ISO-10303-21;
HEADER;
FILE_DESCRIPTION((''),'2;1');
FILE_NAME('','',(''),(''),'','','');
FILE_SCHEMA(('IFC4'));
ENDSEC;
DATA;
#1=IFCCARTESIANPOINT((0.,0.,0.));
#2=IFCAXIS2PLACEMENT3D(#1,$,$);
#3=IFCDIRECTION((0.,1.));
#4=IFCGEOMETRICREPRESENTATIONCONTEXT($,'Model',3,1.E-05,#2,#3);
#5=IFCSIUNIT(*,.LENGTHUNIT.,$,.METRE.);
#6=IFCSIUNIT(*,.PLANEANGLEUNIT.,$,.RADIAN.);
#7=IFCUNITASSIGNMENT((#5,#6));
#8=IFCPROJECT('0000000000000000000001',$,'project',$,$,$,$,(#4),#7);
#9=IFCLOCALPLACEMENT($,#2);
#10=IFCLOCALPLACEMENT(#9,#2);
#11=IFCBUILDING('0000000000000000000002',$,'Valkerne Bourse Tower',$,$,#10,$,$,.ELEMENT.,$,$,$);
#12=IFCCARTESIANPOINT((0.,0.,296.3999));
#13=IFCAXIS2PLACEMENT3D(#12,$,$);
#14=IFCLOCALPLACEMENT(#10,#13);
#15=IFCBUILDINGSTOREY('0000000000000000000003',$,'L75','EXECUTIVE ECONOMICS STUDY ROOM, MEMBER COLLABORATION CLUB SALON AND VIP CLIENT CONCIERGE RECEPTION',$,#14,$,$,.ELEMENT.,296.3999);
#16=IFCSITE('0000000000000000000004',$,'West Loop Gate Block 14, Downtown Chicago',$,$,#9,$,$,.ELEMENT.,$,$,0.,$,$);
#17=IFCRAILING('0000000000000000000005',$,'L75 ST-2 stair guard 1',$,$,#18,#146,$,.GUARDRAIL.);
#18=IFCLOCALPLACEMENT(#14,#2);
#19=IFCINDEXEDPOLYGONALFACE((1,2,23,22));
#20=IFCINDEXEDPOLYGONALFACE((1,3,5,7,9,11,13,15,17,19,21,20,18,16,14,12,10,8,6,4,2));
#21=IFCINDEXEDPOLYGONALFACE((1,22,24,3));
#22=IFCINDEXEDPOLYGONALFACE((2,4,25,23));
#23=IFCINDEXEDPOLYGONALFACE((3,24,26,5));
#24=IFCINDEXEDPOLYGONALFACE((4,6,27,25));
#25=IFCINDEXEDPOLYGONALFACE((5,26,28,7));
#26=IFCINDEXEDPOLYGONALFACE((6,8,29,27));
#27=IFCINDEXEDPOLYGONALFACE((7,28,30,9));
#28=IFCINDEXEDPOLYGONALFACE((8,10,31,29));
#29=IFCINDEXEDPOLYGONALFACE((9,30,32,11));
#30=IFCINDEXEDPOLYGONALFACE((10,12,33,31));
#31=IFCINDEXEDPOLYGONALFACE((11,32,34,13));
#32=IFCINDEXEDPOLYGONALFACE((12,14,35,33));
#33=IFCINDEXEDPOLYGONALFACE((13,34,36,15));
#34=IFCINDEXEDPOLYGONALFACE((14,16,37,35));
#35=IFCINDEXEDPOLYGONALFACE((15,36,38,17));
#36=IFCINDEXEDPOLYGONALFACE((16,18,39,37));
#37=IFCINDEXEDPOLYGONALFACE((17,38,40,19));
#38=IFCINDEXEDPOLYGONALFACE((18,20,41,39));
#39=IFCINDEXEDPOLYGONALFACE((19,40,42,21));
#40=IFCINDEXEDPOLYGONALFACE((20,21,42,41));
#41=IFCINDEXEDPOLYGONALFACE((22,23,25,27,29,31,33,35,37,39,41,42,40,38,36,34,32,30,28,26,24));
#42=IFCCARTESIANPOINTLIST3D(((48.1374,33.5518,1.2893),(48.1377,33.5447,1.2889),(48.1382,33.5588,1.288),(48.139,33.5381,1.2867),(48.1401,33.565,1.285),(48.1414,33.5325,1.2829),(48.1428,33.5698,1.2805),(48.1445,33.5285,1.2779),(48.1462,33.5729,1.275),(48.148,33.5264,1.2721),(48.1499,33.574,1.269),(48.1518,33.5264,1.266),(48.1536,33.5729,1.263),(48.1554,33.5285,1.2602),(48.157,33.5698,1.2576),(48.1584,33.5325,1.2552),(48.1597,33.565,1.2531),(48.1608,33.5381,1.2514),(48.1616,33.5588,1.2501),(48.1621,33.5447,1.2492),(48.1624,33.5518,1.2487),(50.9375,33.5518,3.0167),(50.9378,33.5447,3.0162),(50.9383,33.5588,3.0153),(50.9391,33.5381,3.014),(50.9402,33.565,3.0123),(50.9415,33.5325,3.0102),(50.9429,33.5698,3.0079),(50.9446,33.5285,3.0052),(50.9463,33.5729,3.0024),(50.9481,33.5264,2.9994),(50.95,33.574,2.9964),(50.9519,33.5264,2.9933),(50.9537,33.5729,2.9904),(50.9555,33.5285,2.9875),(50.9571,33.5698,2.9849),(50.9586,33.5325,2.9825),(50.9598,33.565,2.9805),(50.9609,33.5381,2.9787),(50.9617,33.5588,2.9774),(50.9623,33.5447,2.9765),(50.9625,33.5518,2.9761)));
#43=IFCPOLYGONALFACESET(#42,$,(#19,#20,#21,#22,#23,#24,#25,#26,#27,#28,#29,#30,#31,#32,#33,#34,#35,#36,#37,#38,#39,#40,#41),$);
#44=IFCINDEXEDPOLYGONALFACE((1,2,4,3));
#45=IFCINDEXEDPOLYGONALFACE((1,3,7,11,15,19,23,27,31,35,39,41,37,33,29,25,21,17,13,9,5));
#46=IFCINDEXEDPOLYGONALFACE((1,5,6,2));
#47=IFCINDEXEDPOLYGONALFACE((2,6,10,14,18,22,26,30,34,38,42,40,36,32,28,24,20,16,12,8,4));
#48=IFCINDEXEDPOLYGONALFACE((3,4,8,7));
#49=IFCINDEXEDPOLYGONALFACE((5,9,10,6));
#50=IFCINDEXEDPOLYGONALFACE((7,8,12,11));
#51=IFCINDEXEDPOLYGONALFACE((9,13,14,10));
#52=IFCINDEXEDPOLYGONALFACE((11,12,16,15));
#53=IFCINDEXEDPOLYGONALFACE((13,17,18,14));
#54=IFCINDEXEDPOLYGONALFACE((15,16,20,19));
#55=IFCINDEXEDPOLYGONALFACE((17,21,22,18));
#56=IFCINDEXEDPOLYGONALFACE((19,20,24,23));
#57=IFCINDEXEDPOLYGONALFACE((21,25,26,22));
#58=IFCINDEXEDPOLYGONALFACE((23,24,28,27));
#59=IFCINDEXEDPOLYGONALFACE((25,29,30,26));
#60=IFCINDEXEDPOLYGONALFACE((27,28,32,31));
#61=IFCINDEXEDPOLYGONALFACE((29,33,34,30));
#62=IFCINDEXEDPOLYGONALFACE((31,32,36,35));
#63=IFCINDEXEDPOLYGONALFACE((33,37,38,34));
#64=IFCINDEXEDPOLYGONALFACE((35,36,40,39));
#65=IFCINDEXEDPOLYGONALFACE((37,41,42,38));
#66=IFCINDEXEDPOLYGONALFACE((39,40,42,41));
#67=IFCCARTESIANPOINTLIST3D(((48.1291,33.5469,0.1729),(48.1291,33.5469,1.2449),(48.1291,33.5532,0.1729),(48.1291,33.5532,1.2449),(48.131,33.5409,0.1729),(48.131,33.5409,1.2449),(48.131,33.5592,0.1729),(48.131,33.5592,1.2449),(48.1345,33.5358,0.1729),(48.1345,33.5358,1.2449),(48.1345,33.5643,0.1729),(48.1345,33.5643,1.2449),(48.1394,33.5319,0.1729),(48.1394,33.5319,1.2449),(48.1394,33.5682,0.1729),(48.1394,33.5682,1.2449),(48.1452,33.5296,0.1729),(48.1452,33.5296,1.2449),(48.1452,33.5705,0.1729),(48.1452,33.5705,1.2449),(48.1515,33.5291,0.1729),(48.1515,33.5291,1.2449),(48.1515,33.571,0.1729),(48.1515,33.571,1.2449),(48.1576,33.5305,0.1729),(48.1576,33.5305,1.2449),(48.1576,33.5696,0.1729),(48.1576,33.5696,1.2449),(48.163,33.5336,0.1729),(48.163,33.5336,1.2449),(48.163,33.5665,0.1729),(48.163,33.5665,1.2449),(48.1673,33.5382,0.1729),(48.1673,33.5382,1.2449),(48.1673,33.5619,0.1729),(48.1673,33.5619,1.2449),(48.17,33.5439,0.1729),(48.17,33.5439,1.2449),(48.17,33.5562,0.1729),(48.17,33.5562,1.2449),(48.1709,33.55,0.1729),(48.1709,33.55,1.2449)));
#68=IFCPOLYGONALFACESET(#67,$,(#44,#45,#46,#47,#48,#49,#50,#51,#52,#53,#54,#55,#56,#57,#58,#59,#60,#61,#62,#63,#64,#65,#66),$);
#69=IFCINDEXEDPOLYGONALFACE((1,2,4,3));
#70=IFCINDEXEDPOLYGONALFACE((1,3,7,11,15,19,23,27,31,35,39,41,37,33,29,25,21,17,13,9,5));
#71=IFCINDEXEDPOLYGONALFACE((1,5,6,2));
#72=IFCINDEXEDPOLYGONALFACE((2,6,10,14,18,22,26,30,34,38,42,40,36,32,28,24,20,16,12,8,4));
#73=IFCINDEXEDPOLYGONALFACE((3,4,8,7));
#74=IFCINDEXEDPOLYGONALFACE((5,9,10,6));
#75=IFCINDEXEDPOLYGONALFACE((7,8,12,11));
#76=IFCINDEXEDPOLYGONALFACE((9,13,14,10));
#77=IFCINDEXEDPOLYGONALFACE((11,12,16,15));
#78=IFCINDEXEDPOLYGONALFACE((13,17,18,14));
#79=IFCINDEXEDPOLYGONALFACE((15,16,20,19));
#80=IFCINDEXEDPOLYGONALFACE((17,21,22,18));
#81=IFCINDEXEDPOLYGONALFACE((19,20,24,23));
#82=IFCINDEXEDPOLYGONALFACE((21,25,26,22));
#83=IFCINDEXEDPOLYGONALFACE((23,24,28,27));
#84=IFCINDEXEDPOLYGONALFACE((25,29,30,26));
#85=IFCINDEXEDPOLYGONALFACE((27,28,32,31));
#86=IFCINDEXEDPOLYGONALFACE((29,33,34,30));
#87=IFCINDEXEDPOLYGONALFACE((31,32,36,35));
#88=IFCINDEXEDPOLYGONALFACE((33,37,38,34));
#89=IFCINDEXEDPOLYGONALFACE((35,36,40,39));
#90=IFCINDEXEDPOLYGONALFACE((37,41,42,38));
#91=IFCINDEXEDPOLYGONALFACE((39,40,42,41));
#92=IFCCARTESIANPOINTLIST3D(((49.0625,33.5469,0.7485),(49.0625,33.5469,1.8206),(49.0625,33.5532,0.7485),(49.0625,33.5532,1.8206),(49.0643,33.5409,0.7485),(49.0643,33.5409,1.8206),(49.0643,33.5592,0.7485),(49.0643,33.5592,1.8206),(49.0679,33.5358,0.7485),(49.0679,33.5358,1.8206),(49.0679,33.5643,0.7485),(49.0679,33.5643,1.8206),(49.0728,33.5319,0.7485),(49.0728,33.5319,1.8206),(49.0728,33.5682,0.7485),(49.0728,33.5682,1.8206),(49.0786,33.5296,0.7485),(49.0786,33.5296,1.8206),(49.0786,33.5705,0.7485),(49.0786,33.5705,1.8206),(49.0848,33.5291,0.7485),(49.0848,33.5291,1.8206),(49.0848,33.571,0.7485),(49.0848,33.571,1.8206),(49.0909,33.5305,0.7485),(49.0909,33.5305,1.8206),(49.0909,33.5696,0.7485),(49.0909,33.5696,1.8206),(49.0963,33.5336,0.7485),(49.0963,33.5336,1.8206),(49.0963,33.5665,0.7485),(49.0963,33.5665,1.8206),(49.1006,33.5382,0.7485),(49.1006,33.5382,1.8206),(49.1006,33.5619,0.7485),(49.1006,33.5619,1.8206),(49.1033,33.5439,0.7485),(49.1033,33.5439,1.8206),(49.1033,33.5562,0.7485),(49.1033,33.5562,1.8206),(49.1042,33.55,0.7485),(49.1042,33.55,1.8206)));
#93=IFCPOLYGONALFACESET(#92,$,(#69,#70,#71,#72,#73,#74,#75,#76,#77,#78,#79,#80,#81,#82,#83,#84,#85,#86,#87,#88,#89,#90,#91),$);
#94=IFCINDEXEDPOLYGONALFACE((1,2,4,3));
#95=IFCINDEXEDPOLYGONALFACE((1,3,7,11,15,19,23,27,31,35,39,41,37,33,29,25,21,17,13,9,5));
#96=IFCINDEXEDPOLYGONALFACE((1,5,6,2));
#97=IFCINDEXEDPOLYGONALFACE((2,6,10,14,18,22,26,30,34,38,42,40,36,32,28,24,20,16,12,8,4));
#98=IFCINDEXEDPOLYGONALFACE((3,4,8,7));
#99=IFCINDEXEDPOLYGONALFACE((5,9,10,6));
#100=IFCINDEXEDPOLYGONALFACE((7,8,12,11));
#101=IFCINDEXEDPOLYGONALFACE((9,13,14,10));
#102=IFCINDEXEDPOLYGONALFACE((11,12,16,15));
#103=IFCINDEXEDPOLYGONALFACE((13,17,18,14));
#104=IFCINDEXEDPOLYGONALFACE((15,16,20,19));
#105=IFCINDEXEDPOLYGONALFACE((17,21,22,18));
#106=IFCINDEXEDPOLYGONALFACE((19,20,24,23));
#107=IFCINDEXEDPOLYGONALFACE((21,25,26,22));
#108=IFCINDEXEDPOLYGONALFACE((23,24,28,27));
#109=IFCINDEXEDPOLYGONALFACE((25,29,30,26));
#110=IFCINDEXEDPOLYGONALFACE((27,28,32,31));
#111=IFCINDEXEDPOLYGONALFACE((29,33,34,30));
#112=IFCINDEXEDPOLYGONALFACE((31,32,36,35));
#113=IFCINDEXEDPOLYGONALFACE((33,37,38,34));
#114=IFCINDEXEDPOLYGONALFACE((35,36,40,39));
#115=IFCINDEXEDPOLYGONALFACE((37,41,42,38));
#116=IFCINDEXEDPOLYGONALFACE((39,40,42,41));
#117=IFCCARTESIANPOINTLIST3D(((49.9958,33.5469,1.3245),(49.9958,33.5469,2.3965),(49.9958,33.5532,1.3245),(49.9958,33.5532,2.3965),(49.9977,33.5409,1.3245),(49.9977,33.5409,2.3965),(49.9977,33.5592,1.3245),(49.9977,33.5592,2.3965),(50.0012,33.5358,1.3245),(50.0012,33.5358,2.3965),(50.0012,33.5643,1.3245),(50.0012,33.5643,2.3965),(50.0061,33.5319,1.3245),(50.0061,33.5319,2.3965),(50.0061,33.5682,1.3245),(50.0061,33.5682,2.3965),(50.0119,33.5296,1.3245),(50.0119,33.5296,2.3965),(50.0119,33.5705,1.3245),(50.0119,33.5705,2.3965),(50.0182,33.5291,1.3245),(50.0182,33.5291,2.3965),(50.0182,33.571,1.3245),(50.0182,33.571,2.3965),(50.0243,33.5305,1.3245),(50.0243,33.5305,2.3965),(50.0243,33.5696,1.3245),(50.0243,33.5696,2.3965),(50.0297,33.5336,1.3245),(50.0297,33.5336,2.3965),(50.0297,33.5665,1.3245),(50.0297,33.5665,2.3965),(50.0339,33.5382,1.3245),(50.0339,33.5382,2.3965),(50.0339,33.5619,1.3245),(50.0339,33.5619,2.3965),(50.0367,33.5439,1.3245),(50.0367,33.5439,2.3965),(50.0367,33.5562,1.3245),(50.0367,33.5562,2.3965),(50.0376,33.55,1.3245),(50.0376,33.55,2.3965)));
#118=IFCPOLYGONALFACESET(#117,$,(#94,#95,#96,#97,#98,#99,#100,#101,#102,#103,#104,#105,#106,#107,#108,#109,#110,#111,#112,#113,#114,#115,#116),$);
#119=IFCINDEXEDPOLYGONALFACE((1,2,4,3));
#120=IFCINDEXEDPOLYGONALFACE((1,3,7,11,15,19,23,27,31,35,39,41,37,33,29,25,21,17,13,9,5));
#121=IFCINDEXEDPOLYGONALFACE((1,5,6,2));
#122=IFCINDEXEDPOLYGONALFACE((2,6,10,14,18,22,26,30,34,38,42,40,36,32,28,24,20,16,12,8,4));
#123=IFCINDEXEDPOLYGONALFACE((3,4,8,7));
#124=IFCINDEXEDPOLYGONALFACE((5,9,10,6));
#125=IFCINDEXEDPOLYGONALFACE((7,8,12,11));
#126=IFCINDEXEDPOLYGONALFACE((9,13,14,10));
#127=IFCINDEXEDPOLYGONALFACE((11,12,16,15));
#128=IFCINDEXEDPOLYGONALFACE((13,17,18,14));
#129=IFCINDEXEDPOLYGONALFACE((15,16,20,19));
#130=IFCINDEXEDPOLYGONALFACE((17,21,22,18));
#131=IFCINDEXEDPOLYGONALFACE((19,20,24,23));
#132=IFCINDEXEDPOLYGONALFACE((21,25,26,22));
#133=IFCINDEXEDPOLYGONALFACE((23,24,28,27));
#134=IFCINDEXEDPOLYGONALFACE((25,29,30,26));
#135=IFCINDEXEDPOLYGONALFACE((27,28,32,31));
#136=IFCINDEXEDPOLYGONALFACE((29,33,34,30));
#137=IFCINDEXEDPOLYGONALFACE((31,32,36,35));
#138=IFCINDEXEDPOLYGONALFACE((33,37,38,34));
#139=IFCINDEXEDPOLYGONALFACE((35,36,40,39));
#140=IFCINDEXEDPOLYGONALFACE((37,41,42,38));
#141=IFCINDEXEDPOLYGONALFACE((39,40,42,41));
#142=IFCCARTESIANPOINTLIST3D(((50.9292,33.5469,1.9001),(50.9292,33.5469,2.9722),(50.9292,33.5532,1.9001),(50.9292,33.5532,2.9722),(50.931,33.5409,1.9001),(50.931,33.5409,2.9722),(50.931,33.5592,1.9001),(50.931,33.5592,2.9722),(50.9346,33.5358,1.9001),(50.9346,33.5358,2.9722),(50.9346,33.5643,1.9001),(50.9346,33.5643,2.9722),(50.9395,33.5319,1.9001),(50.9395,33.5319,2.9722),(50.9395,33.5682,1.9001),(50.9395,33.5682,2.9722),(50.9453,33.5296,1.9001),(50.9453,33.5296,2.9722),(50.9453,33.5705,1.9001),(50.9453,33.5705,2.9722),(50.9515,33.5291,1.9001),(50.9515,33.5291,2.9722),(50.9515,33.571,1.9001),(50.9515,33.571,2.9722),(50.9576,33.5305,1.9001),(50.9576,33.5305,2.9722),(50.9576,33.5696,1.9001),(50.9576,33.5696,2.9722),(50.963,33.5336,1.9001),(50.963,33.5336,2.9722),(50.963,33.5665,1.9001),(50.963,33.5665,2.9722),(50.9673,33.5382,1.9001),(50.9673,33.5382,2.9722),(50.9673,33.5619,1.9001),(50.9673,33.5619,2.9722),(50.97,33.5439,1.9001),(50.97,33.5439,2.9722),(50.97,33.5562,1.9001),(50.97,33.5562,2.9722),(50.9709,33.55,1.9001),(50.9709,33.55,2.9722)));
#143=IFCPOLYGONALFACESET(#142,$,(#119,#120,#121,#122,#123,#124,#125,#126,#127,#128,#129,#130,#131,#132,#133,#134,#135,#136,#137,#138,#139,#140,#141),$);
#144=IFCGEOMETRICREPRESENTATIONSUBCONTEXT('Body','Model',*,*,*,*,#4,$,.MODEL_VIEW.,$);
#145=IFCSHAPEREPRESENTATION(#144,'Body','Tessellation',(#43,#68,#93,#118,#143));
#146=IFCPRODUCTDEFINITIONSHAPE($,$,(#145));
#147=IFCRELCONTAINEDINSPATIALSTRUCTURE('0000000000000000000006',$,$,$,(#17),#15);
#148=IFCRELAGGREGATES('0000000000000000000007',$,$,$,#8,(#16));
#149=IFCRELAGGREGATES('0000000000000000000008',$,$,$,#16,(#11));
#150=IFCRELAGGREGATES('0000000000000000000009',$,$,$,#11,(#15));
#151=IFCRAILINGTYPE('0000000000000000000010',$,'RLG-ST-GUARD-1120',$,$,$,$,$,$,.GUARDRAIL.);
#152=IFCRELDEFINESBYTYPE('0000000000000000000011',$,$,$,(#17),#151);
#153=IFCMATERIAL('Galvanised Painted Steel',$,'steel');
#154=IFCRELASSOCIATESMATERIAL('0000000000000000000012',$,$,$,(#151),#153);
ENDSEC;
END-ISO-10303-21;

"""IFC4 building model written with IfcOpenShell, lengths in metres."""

from ifc_helpers import new_model, si_unit, direction, frame, origin, origin_2d, place, context, subcontext, project, spatial, circle, extrude, material, type_object, element, save


model = new_model("IFC4")

# Units and contexts
model_context = context("Model", 3, precision=1e-05, world=origin(), true_north=direction((0.0, 1.0)))
body_context = subcontext(model_context, "Body", "Model", "MODEL_VIEW")
ifc_project = project(units=[si_unit("LENGTHUNIT", "METRE"), si_unit("PLANEANGLEUNIT", "RADIAN")], contexts=[model_context])

# Site, building, storey
site_placement = place(None, origin())
site = spatial("IfcSite", under=ifc_project, at=site_placement, Name="West Loop Gate Block 14, Downtown Chicago", CompositionType="ELEMENT", RefElevation=0.0)
building_placement = place(site_placement, origin())
building = spatial("IfcBuilding", under=site, at=building_placement, Name="Valkerne Bourse Tower", CompositionType="ELEMENT")
storey_placement = place(building_placement, frame((0.0, 0.0, 296.3999)))
storey = spatial("IfcBuildingStorey", under=building, at=storey_placement, Name="L75", Description="EXECUTIVE ECONOMICS STUDY ROOM, MEMBER COLLABORATION CLUB SALON AND VIP CLIENT CONCIERGE RECEPTION", CompositionType="ELEMENT", Elevation=296.3999)

# Shared definitions
ifc_material_1 = material(Name="Galvanised Painted Steel", Category="steel")

# Railing
railing_type_1 = type_object("IfcRailingType", Name="RLG-ST-GUARD-1120", PredefinedType="GUARDRAIL", material=ifc_material_1)
railing_1_placement = place(storey_placement, frame((48.1499, 33.55, 0.1729)))
element("IfcRailing", 1, at=railing_1_placement, inside=storey, type_object=railing_type_1, Name="L75 ST-2 stair guard 1", PredefinedType="GUARDRAIL", context=body_context, shape_type="SweptSolid", body=[
    extrude(circle(Radius=0.0239, at=origin_2d()), frame((0.0, 0.0, 1.0962), z_axis=(0.85109, 0.0, 0.52502), x_axis=(0.0, 1.0, 0.0)), (0.0, 0.0, 1.0), 3.29),
    extrude(circle(Radius=0.021, at=origin_2d()), origin(), (0.0, 0.0, 1.0), 1.072),
    extrude(circle(Radius=0.021, at=origin_2d()), frame((0.9333, 0.0, 0.5757)), (0.0, 0.0, 1.0), 1.072),
    extrude(circle(Radius=0.021, at=origin_2d()), frame((1.8667, 0.0, 1.1516)), (0.0, 0.0, 1.0), 1.072),
    extrude(circle(Radius=0.021, at=origin_2d()), frame((2.8, 0.0, 1.7273)), (0.0, 0.0, 1.0), 1.072),
])

save(model, "model.ifc")
